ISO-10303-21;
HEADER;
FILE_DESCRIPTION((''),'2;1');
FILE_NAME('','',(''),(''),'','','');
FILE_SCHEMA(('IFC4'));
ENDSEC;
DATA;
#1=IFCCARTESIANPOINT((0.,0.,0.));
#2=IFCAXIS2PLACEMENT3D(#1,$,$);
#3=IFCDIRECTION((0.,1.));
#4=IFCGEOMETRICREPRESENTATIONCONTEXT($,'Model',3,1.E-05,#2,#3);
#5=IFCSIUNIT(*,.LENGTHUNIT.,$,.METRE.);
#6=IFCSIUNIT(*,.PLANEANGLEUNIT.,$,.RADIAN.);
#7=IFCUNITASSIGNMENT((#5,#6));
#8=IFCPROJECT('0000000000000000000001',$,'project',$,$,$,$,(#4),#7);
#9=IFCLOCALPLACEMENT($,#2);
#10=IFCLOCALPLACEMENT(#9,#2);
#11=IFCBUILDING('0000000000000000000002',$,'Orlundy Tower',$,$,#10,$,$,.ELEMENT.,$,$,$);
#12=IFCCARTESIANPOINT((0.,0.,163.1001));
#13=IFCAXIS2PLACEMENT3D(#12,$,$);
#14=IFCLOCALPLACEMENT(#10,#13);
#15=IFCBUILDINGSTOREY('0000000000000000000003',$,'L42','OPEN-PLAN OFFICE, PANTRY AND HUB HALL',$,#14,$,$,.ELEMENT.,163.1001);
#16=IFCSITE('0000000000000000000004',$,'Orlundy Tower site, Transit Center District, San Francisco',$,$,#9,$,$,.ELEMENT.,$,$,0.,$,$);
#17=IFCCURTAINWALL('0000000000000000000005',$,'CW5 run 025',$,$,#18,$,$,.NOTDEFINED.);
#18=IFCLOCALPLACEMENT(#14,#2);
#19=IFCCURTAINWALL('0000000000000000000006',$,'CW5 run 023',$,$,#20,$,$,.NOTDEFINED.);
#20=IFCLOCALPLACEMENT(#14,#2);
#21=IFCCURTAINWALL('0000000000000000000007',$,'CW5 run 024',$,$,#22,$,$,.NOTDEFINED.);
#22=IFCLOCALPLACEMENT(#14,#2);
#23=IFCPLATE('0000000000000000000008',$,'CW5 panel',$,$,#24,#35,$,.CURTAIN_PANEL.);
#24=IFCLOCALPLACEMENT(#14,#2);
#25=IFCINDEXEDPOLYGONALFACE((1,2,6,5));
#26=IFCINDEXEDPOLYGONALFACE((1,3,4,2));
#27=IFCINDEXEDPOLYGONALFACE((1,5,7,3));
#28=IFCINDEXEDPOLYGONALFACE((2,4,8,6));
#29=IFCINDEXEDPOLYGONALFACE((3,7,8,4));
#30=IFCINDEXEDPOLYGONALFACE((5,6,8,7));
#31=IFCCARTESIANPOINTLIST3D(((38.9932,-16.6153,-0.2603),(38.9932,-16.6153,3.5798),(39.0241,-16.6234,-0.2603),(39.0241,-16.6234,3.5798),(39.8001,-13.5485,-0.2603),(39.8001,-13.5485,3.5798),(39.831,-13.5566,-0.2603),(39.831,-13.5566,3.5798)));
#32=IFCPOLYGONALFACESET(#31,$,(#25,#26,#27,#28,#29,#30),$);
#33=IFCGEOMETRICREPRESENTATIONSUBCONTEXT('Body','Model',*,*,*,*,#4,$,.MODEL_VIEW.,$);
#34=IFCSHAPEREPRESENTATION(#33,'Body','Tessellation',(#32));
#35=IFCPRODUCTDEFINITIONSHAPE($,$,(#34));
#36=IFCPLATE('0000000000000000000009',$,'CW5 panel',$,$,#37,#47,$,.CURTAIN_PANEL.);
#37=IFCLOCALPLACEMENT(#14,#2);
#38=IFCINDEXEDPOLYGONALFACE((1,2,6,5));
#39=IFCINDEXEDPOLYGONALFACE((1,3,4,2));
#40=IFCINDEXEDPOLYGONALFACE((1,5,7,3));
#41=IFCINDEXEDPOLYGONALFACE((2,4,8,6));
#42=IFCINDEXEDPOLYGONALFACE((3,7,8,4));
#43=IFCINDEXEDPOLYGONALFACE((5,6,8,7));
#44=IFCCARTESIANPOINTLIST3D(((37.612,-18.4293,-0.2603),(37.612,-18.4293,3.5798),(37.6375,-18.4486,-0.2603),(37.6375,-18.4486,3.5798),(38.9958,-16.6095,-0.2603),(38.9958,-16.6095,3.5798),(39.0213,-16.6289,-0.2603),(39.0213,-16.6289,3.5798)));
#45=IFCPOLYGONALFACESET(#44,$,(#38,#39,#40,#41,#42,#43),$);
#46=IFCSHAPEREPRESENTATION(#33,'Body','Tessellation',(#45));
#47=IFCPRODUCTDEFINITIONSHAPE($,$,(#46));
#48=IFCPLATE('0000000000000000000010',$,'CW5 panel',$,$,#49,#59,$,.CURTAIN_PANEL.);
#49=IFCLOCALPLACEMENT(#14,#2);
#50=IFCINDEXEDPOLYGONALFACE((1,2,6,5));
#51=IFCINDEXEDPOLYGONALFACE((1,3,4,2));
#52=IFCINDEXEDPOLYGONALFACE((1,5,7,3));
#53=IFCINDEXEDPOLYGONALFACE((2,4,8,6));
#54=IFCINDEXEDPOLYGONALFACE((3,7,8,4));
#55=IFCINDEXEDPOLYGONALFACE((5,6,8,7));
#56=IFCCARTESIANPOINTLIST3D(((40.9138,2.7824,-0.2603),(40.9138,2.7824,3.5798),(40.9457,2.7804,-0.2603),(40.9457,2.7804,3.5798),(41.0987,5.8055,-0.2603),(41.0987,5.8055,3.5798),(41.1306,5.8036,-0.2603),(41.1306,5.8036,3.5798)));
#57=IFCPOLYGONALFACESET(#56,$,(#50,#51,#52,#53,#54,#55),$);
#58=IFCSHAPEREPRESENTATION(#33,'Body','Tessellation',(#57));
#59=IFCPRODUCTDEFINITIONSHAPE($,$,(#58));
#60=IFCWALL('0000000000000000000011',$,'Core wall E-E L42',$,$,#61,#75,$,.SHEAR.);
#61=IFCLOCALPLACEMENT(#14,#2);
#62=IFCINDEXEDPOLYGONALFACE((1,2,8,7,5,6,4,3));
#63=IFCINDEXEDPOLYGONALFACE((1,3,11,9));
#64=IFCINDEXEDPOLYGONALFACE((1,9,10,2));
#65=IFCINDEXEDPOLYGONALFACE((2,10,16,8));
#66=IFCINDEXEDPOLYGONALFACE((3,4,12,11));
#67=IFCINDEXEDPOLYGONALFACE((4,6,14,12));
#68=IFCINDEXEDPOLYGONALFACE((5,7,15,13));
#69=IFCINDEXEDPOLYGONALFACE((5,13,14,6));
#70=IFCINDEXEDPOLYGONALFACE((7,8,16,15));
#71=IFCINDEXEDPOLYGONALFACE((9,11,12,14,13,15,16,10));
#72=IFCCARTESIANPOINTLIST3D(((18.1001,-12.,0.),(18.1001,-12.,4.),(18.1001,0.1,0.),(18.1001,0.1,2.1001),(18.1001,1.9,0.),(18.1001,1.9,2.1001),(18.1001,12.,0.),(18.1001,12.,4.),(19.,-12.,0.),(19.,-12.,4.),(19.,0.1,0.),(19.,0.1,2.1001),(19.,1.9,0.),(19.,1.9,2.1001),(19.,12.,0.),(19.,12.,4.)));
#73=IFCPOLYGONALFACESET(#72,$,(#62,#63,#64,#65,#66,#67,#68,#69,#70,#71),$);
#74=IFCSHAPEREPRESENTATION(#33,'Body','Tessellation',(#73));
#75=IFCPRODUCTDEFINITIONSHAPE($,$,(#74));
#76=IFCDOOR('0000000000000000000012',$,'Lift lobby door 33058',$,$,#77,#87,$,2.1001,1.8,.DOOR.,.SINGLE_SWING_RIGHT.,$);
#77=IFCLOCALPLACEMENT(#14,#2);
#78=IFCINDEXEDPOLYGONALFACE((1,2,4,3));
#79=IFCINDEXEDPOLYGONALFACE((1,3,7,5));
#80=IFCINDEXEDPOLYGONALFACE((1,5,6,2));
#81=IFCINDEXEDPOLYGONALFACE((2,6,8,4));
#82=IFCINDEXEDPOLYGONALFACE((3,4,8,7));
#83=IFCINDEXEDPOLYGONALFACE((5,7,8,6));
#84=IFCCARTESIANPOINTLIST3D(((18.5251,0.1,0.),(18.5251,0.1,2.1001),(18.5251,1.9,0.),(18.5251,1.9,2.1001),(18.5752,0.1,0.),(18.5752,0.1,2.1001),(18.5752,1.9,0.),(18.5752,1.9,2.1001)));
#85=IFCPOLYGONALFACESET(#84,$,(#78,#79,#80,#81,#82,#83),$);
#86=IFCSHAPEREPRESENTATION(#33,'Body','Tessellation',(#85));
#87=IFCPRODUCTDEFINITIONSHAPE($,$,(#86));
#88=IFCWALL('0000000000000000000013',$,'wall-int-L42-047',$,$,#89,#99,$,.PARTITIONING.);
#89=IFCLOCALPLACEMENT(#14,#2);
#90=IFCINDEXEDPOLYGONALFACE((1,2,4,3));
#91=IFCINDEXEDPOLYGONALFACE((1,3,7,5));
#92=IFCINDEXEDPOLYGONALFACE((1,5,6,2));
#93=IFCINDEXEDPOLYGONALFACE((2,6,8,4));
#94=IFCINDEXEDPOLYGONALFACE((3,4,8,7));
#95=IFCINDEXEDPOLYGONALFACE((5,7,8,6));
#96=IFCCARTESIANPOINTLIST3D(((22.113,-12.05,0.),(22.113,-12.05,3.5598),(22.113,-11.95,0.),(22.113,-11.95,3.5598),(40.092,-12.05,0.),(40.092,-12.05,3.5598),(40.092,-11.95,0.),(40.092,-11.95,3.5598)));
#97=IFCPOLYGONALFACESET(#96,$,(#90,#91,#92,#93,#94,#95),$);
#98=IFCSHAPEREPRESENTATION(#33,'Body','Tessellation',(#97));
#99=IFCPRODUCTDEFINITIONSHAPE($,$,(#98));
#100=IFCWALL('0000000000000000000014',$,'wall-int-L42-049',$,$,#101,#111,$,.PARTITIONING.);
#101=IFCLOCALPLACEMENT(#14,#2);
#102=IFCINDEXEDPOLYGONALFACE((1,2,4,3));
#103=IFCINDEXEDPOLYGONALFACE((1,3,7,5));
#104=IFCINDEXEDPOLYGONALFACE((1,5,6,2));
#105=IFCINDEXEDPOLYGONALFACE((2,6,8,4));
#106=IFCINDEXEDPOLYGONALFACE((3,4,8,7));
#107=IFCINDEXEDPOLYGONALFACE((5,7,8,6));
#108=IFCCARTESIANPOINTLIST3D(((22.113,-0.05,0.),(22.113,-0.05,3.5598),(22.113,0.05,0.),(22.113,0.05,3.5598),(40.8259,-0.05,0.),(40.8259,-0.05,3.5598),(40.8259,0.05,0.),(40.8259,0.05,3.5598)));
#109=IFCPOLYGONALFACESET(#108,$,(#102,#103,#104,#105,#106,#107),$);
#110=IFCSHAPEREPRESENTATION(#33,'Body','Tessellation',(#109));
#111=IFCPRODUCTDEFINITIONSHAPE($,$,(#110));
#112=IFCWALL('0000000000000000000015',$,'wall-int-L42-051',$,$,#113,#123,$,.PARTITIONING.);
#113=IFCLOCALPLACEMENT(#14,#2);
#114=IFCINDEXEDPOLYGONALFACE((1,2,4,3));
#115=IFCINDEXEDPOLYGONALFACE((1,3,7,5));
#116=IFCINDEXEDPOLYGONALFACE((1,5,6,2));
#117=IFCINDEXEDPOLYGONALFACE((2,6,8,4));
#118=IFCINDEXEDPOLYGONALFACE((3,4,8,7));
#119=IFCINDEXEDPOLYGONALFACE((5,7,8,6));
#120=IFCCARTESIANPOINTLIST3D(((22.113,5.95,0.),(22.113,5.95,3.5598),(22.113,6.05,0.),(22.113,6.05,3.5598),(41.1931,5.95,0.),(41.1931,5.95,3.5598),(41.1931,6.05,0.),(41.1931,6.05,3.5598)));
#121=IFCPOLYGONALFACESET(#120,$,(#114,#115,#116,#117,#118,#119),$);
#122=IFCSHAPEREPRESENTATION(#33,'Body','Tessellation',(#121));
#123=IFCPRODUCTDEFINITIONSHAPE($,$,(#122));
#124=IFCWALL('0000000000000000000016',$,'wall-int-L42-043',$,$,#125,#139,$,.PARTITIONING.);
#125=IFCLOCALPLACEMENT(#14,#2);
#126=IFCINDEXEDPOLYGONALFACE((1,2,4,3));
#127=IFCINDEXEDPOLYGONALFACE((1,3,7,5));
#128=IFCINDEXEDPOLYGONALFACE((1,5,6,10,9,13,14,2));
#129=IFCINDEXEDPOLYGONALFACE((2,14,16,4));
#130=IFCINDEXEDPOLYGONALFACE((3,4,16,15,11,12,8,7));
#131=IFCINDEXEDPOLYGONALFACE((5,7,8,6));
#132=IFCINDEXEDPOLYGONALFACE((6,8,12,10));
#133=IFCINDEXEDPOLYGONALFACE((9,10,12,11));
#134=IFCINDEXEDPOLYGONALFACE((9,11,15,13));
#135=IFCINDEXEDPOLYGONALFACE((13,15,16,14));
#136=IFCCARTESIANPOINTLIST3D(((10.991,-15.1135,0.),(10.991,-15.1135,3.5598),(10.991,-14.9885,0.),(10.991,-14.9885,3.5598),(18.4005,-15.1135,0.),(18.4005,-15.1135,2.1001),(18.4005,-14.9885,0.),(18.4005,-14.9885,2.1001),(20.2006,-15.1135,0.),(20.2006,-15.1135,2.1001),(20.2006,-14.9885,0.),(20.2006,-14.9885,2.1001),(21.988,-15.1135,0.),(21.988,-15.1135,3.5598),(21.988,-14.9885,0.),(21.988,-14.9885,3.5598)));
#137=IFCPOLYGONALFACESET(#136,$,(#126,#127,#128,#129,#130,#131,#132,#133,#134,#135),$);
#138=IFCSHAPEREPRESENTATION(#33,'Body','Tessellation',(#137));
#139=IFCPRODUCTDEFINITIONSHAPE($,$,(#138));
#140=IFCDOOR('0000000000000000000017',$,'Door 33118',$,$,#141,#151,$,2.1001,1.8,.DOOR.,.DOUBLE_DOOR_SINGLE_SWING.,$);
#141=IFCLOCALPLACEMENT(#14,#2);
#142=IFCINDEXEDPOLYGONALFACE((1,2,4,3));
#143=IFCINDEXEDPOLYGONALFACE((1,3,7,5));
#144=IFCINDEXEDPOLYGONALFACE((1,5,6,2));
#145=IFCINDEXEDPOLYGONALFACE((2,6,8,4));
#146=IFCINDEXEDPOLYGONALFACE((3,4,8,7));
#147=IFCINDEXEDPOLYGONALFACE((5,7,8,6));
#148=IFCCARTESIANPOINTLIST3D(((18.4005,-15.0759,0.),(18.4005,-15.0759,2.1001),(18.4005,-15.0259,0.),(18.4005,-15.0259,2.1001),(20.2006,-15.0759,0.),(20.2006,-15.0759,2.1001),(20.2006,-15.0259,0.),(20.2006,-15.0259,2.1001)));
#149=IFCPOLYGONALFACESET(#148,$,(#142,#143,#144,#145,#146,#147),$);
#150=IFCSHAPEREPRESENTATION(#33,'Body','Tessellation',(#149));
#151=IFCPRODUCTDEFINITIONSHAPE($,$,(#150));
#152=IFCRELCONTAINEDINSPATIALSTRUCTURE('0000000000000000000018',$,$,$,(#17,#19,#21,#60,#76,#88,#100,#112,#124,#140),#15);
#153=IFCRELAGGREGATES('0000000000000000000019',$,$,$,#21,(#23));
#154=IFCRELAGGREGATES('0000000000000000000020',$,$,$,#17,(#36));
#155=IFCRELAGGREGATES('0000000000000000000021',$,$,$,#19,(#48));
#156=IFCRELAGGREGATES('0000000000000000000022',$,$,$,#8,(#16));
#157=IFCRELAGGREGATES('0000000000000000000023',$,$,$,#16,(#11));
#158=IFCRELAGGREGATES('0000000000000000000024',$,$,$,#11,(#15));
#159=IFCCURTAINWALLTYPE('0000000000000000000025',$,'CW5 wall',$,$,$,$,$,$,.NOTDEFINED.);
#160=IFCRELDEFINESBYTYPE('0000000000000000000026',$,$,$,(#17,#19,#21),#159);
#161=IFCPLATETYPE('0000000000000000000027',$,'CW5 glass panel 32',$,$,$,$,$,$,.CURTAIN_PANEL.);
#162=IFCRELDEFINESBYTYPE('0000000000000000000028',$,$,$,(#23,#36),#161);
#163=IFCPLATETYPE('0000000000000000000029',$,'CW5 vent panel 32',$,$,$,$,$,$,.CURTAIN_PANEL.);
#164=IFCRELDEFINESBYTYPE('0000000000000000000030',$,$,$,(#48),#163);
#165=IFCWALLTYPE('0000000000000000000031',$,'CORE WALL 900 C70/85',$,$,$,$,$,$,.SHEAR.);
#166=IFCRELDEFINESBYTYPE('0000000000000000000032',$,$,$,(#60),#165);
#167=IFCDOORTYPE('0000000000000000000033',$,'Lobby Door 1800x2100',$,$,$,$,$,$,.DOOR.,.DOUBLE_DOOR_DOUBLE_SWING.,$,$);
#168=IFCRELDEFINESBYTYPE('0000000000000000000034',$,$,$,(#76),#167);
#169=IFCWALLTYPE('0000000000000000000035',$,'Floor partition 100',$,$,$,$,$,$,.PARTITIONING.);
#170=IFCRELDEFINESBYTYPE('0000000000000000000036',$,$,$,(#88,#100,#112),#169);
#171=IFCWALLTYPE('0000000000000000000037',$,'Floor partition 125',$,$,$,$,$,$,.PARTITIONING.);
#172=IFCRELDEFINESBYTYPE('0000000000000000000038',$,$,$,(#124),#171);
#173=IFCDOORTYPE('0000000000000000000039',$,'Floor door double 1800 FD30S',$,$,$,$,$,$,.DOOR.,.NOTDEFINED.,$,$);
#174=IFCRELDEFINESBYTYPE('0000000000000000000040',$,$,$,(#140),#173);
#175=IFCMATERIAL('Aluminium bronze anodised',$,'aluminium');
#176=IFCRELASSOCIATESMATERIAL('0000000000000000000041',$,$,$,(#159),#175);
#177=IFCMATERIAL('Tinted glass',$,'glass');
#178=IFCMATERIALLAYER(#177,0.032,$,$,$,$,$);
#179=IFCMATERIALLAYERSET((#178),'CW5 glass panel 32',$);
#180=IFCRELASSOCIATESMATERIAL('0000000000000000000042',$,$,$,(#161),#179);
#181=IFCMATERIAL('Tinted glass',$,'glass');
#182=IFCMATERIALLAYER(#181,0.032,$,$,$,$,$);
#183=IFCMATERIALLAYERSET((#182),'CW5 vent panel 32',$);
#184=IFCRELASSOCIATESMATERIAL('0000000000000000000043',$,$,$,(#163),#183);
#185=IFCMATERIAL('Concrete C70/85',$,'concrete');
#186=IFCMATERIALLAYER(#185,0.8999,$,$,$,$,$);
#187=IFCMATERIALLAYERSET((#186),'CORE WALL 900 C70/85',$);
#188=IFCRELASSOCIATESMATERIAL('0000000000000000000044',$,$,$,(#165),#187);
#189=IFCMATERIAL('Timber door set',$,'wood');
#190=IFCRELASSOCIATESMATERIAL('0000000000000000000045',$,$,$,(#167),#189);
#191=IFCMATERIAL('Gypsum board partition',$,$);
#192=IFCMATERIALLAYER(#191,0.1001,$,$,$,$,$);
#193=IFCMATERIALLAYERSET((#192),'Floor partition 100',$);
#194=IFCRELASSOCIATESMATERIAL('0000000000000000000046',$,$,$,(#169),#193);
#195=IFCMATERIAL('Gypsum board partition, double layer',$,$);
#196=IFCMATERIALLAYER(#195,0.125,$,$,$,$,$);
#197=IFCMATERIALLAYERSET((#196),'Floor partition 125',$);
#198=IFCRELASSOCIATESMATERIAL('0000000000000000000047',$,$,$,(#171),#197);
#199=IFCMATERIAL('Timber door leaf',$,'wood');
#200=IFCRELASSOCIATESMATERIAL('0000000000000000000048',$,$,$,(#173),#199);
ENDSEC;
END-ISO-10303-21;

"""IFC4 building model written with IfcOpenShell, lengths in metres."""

from ifc_helpers import new_model, si_unit, direction, frame, frame_2d, origin, origin_2d, place, context, subcontext, project, spatial, rectangle, extrude, material, layer, layer_set, type_object, element, fill, aggregate, save


model = new_model("IFC4")

# Units and contexts
model_context = context("Model", 3, precision=1e-05, world=origin(), true_north=direction((0.0, 1.0)))
body_context = subcontext(model_context, "Body", "Model", "MODEL_VIEW")
ifc_project = project(units=[si_unit("LENGTHUNIT", "METRE"), si_unit("PLANEANGLEUNIT", "RADIAN")], contexts=[model_context])

# Site, building, storey
site_placement = place(None, origin())
site = spatial("IfcSite", under=ifc_project, at=site_placement, Name="Orlundy Tower site, Transit Center District, San Francisco", CompositionType="ELEMENT", RefElevation=0.0)
building_placement = place(site_placement, origin())
building = spatial("IfcBuilding", under=site, at=building_placement, Name="Orlundy Tower", CompositionType="ELEMENT")
storey_placement = place(building_placement, frame((0.0, 0.0, 163.1001)))
storey = spatial("IfcBuildingStorey", under=building, at=storey_placement, Name="L42", Description="OPEN-PLAN OFFICE, PANTRY AND HUB HALL", CompositionType="ELEMENT", Elevation=163.1001)

# Curtain walls
ifc_material_1 = material(Name="Aluminium bronze anodised", Category="aluminium")
curtain_wall_type = type_object("IfcCurtainWallType", Name="CW5 wall", PredefinedType="NOTDEFINED", material=ifc_material_1)
curtain_wall_1_placement = place(storey_placement, origin())
curtain_wall_1 = element("IfcCurtainWall", 1, at=curtain_wall_1_placement, inside=storey, type_object=curtain_wall_type, Name="CW5 run 025", PredefinedType="NOTDEFINED")
curtain_wall_2_placement = place(storey_placement, origin())
curtain_wall_2 = element("IfcCurtainWall", 2, at=curtain_wall_2_placement, inside=storey, type_object=curtain_wall_type, Name="CW5 run 023", PredefinedType="NOTDEFINED")
curtain_wall_3_placement = place(storey_placement, origin())
curtain_wall_3 = element("IfcCurtainWall", 3, at=curtain_wall_3_placement, inside=storey, type_object=curtain_wall_type, Name="CW5 run 024", PredefinedType="NOTDEFINED")

# Plates
ifc_material_2 = material(Name="Tinted glass", Category="glass")
ifc_layer_1 = layer(ifc_material_2, 0.032)
ifc_layer_set_1 = layer_set([ifc_layer_1], Name="CW5 glass panel 32")
plate_type_1 = type_object("IfcPlateType", Name="CW5 glass panel 32", PredefinedType="CURTAIN_PANEL", material=ifc_layer_set_1)
plate_1_placement = place(storey_placement, frame((39.4121, -15.0859, -0.2603), z_axis=(0.0, 0.0, 1.0), x_axis=(-0.254453, -0.967085, 0.0)))
plate_1 = element("IfcPlate", 4, at=plate_1_placement, type_object=plate_type_1, Name="CW5 panel", PredefinedType="CURTAIN_PANEL", context=body_context, shape_type="SweptSolid", body=[
    extrude(rectangle(XDim=3.1711, YDim=0.032, at=origin_2d()), origin(), (0.0, 0.0, 1.0), 3.8401),
])
aggregate(curtain_wall_3, [plate_1])
plate_2_placement = place(storey_placement, frame((38.3167, -17.5291, -0.2603), z_axis=(0.0, 0.0, 1.0), x_axis=(-0.605295, -0.796001, 0.0)))
plate_2 = element("IfcPlate", 5, at=plate_2_placement, type_object=plate_type_1, Name="CW5 panel", PredefinedType="CURTAIN_PANEL", context=body_context, shape_type="SweptSolid", body=[
    extrude(rectangle(XDim=2.2861, YDim=0.032, at=origin_2d()), origin(), (0.0, 0.0, 1.0), 3.8401),
])
aggregate(curtain_wall_1, [plate_2])
ifc_material_3 = material(Name="Tinted glass", Category="glass")
ifc_layer_2 = layer(ifc_material_3, 0.032)
ifc_layer_set_2 = layer_set([ifc_layer_2], Name="CW5 vent panel 32")
plate_type_2 = type_object("IfcPlateType", Name="CW5 vent panel 32", PredefinedType="CURTAIN_PANEL", material=ifc_layer_set_2)
plate_3_placement = place(storey_placement, frame((41.0222, 4.293, -0.2603), z_axis=(0.0, 0.0, 1.0), x_axis=(-0.061047, -0.998135, 0.0)))
plate_3 = element("IfcPlate", 6, at=plate_3_placement, type_object=plate_type_2, Name="CW5 panel", PredefinedType="CURTAIN_PANEL", context=body_context, shape_type="SweptSolid", body=[
    extrude(rectangle(XDim=3.0288, YDim=0.032, at=origin_2d()), origin(), (0.0, 0.0, 1.0), 3.8401),
])
aggregate(curtain_wall_2, [plate_3])

# Wall, opening, door
ifc_material_4 = material(Name="Concrete C70/85", Category="concrete")
ifc_layer_3 = layer(ifc_material_4, 0.8999)
ifc_layer_set_3 = layer_set([ifc_layer_3], Name="CORE WALL 900 C70/85")
wall_type_1 = type_object("IfcWallType", Name="CORE WALL 900 C70/85", PredefinedType="SHEAR", material=ifc_layer_set_3)
wall_1_placement = place(storey_placement, frame((18.55, -12.0, 0.0), z_axis=(0.0, 0.0, 1.0), x_axis=(0.0, 1.0, 0.0)))
wall_1 = element("IfcWall", 7, at=wall_1_placement, inside=storey, type_object=wall_type_1, Name="Core wall E-E L42", PredefinedType="SHEAR", context=body_context, shape_type="SweptSolid", body=[
    extrude(rectangle(XDim=24.0, YDim=0.8999, at=frame_2d((12.0, 0.0))), origin(), (0.0, 0.0, 1.0), 4.0),
])
opening_1_placement = place(wall_1_placement, frame((12.1001, 0.0, 0.0)))
opening_1 = element("IfcOpeningElement", 8, at=opening_1_placement, cuts=wall_1, PredefinedType="OPENING", context=body_context, shape_type="SweptSolid", body=[
    extrude(rectangle(XDim=1.8, YDim=2.1001, at=frame_2d((0.8999, 1.05))), frame((0.0, 0.46, 0.0), z_axis=(0.0, -1.0, 0.0), x_axis=(1.0, 0.0, 0.0)), (0.0, 0.0, 1.0), 0.9199),
])
ifc_material_5 = material(Name="Timber door set", Category="wood")
door_type_1 = type_object("IfcDoorType", Name="Lobby Door 1800x2100", OperationType="DOUBLE_DOOR_DOUBLE_SWING", PredefinedType="DOOR", material=ifc_material_5)
door_1_placement = place(opening_1_placement, origin())
door_1 = element("IfcDoor", 9, at=door_1_placement, inside=storey, type_object=door_type_1, Name="Lift lobby door 33058", OperationType="SINGLE_SWING_RIGHT", OverallHeight=2.1001, OverallWidth=1.8, PredefinedType="DOOR", context=body_context, shape_type="SweptSolid", body=[
    extrude(rectangle(XDim=1.8, YDim=2.1001, at=frame_2d((0.8999, 1.05))), frame((0.0, 0.0249, 0.0), z_axis=(0.0, -1.0, 0.0), x_axis=(1.0, 0.0, 0.0)), (0.0, 0.0, 1.0), 0.05),
])
fill(opening_1, door_1)

# Walls
ifc_material_6 = material(Name="Gypsum board partition")
ifc_layer_4 = layer(ifc_material_6, 0.1001)
ifc_layer_set_4 = layer_set([ifc_layer_4], Name="Floor partition 100")
wall_type_2 = type_object("IfcWallType", Name="Floor partition 100", PredefinedType="PARTITIONING", material=ifc_layer_set_4)
wall_2_placement = place(storey_placement, frame((22.113, -12.0, 0.0), z_axis=(0.0, 0.0, 1.0), x_axis=(1.0, 0.0, 0.0)))
element("IfcWall", 10, at=wall_2_placement, inside=storey, type_object=wall_type_2, Name="wall-int-L42-047", PredefinedType="PARTITIONING", context=body_context, shape_type="SweptSolid", body=[
    extrude(rectangle(XDim=17.979, YDim=0.1001, at=frame_2d((8.9895, 0.0))), origin(), (0.0, 0.0, 1.0), 3.5598),
])
wall_3_placement = place(storey_placement, frame((22.113, 0.0, 0.0), z_axis=(0.0, 0.0, 1.0), x_axis=(1.0, 0.0, 0.0)))
element("IfcWall", 11, at=wall_3_placement, inside=storey, type_object=wall_type_2, Name="wall-int-L42-049", PredefinedType="PARTITIONING", context=body_context, shape_type="SweptSolid", body=[
    extrude(rectangle(XDim=18.7129, YDim=0.1001, at=frame_2d((9.3564, 0.0))), origin(), (0.0, 0.0, 1.0), 3.5598),
])
wall_4_placement = place(storey_placement, frame((22.113, 6.0, 0.0), z_axis=(0.0, 0.0, 1.0), x_axis=(1.0, 0.0, 0.0)))
element("IfcWall", 12, at=wall_4_placement, inside=storey, type_object=wall_type_2, Name="wall-int-L42-051", PredefinedType="PARTITIONING", context=body_context, shape_type="SweptSolid", body=[
    extrude(rectangle(XDim=19.0801, YDim=0.1001, at=frame_2d((9.54, 0.0))), origin(), (0.0, 0.0, 1.0), 3.5598),
])

# Wall, opening, door
ifc_material_7 = material(Name="Gypsum board partition, double layer")
ifc_layer_5 = layer(ifc_material_7, 0.125)
ifc_layer_set_5 = layer_set([ifc_layer_5], Name="Floor partition 125")
wall_type_3 = type_object("IfcWallType", Name="Floor partition 125", PredefinedType="PARTITIONING", material=ifc_layer_set_5)
wall_5_placement = place(storey_placement, frame((21.988, -15.051, 0.0), z_axis=(0.0, 0.0, 1.0), x_axis=(-1.0, 0.0, 0.0)))
wall_5 = element("IfcWall", 13, at=wall_5_placement, inside=storey, type_object=wall_type_3, Name="wall-int-L42-043", PredefinedType="PARTITIONING", context=body_context, shape_type="SweptSolid", body=[
    extrude(rectangle(XDim=10.9971, YDim=0.125, at=frame_2d((5.4985, 0.0))), origin(), (0.0, 0.0, 1.0), 3.5598),
])
opening_2_placement = place(wall_5_placement, frame((1.7876, 0.0, 0.0)))
opening_2 = element("IfcOpeningElement", 14, at=opening_2_placement, cuts=wall_5, PredefinedType="OPENING", context=body_context, shape_type="SweptSolid", body=[
    extrude(rectangle(XDim=1.8, YDim=2.1001, at=frame_2d((0.8999, 1.05))), frame((0.0, 0.0725, 0.0), z_axis=(0.0, -1.0, 0.0), x_axis=(1.0, 0.0, 0.0)), (0.0, 0.0, 1.0), 0.145),
])
ifc_material_8 = material(Name="Timber door leaf", Category="wood")
door_type_2 = type_object("IfcDoorType", Name="Floor door double 1800 FD30S", OperationType="NOTDEFINED", PredefinedType="DOOR", material=ifc_material_8)
door_2_placement = place(opening_2_placement, origin())
door_2 = element("IfcDoor", 15, at=door_2_placement, inside=storey, type_object=door_type_2, Name="Door 33118", OperationType="DOUBLE_DOOR_SINGLE_SWING", OverallHeight=2.1001, OverallWidth=1.8, PredefinedType="DOOR", context=body_context, shape_type="SweptSolid", body=[
    extrude(rectangle(XDim=1.8, YDim=2.1001, at=frame_2d((0.8999, 1.05))), frame((0.0, 0.0249, 0.0), z_axis=(0.0, -1.0, 0.0), x_axis=(1.0, 0.0, 0.0)), (0.0, 0.0, 1.0), 0.05),
])
fill(opening_2, door_2)

save(model, "model.ifc")
